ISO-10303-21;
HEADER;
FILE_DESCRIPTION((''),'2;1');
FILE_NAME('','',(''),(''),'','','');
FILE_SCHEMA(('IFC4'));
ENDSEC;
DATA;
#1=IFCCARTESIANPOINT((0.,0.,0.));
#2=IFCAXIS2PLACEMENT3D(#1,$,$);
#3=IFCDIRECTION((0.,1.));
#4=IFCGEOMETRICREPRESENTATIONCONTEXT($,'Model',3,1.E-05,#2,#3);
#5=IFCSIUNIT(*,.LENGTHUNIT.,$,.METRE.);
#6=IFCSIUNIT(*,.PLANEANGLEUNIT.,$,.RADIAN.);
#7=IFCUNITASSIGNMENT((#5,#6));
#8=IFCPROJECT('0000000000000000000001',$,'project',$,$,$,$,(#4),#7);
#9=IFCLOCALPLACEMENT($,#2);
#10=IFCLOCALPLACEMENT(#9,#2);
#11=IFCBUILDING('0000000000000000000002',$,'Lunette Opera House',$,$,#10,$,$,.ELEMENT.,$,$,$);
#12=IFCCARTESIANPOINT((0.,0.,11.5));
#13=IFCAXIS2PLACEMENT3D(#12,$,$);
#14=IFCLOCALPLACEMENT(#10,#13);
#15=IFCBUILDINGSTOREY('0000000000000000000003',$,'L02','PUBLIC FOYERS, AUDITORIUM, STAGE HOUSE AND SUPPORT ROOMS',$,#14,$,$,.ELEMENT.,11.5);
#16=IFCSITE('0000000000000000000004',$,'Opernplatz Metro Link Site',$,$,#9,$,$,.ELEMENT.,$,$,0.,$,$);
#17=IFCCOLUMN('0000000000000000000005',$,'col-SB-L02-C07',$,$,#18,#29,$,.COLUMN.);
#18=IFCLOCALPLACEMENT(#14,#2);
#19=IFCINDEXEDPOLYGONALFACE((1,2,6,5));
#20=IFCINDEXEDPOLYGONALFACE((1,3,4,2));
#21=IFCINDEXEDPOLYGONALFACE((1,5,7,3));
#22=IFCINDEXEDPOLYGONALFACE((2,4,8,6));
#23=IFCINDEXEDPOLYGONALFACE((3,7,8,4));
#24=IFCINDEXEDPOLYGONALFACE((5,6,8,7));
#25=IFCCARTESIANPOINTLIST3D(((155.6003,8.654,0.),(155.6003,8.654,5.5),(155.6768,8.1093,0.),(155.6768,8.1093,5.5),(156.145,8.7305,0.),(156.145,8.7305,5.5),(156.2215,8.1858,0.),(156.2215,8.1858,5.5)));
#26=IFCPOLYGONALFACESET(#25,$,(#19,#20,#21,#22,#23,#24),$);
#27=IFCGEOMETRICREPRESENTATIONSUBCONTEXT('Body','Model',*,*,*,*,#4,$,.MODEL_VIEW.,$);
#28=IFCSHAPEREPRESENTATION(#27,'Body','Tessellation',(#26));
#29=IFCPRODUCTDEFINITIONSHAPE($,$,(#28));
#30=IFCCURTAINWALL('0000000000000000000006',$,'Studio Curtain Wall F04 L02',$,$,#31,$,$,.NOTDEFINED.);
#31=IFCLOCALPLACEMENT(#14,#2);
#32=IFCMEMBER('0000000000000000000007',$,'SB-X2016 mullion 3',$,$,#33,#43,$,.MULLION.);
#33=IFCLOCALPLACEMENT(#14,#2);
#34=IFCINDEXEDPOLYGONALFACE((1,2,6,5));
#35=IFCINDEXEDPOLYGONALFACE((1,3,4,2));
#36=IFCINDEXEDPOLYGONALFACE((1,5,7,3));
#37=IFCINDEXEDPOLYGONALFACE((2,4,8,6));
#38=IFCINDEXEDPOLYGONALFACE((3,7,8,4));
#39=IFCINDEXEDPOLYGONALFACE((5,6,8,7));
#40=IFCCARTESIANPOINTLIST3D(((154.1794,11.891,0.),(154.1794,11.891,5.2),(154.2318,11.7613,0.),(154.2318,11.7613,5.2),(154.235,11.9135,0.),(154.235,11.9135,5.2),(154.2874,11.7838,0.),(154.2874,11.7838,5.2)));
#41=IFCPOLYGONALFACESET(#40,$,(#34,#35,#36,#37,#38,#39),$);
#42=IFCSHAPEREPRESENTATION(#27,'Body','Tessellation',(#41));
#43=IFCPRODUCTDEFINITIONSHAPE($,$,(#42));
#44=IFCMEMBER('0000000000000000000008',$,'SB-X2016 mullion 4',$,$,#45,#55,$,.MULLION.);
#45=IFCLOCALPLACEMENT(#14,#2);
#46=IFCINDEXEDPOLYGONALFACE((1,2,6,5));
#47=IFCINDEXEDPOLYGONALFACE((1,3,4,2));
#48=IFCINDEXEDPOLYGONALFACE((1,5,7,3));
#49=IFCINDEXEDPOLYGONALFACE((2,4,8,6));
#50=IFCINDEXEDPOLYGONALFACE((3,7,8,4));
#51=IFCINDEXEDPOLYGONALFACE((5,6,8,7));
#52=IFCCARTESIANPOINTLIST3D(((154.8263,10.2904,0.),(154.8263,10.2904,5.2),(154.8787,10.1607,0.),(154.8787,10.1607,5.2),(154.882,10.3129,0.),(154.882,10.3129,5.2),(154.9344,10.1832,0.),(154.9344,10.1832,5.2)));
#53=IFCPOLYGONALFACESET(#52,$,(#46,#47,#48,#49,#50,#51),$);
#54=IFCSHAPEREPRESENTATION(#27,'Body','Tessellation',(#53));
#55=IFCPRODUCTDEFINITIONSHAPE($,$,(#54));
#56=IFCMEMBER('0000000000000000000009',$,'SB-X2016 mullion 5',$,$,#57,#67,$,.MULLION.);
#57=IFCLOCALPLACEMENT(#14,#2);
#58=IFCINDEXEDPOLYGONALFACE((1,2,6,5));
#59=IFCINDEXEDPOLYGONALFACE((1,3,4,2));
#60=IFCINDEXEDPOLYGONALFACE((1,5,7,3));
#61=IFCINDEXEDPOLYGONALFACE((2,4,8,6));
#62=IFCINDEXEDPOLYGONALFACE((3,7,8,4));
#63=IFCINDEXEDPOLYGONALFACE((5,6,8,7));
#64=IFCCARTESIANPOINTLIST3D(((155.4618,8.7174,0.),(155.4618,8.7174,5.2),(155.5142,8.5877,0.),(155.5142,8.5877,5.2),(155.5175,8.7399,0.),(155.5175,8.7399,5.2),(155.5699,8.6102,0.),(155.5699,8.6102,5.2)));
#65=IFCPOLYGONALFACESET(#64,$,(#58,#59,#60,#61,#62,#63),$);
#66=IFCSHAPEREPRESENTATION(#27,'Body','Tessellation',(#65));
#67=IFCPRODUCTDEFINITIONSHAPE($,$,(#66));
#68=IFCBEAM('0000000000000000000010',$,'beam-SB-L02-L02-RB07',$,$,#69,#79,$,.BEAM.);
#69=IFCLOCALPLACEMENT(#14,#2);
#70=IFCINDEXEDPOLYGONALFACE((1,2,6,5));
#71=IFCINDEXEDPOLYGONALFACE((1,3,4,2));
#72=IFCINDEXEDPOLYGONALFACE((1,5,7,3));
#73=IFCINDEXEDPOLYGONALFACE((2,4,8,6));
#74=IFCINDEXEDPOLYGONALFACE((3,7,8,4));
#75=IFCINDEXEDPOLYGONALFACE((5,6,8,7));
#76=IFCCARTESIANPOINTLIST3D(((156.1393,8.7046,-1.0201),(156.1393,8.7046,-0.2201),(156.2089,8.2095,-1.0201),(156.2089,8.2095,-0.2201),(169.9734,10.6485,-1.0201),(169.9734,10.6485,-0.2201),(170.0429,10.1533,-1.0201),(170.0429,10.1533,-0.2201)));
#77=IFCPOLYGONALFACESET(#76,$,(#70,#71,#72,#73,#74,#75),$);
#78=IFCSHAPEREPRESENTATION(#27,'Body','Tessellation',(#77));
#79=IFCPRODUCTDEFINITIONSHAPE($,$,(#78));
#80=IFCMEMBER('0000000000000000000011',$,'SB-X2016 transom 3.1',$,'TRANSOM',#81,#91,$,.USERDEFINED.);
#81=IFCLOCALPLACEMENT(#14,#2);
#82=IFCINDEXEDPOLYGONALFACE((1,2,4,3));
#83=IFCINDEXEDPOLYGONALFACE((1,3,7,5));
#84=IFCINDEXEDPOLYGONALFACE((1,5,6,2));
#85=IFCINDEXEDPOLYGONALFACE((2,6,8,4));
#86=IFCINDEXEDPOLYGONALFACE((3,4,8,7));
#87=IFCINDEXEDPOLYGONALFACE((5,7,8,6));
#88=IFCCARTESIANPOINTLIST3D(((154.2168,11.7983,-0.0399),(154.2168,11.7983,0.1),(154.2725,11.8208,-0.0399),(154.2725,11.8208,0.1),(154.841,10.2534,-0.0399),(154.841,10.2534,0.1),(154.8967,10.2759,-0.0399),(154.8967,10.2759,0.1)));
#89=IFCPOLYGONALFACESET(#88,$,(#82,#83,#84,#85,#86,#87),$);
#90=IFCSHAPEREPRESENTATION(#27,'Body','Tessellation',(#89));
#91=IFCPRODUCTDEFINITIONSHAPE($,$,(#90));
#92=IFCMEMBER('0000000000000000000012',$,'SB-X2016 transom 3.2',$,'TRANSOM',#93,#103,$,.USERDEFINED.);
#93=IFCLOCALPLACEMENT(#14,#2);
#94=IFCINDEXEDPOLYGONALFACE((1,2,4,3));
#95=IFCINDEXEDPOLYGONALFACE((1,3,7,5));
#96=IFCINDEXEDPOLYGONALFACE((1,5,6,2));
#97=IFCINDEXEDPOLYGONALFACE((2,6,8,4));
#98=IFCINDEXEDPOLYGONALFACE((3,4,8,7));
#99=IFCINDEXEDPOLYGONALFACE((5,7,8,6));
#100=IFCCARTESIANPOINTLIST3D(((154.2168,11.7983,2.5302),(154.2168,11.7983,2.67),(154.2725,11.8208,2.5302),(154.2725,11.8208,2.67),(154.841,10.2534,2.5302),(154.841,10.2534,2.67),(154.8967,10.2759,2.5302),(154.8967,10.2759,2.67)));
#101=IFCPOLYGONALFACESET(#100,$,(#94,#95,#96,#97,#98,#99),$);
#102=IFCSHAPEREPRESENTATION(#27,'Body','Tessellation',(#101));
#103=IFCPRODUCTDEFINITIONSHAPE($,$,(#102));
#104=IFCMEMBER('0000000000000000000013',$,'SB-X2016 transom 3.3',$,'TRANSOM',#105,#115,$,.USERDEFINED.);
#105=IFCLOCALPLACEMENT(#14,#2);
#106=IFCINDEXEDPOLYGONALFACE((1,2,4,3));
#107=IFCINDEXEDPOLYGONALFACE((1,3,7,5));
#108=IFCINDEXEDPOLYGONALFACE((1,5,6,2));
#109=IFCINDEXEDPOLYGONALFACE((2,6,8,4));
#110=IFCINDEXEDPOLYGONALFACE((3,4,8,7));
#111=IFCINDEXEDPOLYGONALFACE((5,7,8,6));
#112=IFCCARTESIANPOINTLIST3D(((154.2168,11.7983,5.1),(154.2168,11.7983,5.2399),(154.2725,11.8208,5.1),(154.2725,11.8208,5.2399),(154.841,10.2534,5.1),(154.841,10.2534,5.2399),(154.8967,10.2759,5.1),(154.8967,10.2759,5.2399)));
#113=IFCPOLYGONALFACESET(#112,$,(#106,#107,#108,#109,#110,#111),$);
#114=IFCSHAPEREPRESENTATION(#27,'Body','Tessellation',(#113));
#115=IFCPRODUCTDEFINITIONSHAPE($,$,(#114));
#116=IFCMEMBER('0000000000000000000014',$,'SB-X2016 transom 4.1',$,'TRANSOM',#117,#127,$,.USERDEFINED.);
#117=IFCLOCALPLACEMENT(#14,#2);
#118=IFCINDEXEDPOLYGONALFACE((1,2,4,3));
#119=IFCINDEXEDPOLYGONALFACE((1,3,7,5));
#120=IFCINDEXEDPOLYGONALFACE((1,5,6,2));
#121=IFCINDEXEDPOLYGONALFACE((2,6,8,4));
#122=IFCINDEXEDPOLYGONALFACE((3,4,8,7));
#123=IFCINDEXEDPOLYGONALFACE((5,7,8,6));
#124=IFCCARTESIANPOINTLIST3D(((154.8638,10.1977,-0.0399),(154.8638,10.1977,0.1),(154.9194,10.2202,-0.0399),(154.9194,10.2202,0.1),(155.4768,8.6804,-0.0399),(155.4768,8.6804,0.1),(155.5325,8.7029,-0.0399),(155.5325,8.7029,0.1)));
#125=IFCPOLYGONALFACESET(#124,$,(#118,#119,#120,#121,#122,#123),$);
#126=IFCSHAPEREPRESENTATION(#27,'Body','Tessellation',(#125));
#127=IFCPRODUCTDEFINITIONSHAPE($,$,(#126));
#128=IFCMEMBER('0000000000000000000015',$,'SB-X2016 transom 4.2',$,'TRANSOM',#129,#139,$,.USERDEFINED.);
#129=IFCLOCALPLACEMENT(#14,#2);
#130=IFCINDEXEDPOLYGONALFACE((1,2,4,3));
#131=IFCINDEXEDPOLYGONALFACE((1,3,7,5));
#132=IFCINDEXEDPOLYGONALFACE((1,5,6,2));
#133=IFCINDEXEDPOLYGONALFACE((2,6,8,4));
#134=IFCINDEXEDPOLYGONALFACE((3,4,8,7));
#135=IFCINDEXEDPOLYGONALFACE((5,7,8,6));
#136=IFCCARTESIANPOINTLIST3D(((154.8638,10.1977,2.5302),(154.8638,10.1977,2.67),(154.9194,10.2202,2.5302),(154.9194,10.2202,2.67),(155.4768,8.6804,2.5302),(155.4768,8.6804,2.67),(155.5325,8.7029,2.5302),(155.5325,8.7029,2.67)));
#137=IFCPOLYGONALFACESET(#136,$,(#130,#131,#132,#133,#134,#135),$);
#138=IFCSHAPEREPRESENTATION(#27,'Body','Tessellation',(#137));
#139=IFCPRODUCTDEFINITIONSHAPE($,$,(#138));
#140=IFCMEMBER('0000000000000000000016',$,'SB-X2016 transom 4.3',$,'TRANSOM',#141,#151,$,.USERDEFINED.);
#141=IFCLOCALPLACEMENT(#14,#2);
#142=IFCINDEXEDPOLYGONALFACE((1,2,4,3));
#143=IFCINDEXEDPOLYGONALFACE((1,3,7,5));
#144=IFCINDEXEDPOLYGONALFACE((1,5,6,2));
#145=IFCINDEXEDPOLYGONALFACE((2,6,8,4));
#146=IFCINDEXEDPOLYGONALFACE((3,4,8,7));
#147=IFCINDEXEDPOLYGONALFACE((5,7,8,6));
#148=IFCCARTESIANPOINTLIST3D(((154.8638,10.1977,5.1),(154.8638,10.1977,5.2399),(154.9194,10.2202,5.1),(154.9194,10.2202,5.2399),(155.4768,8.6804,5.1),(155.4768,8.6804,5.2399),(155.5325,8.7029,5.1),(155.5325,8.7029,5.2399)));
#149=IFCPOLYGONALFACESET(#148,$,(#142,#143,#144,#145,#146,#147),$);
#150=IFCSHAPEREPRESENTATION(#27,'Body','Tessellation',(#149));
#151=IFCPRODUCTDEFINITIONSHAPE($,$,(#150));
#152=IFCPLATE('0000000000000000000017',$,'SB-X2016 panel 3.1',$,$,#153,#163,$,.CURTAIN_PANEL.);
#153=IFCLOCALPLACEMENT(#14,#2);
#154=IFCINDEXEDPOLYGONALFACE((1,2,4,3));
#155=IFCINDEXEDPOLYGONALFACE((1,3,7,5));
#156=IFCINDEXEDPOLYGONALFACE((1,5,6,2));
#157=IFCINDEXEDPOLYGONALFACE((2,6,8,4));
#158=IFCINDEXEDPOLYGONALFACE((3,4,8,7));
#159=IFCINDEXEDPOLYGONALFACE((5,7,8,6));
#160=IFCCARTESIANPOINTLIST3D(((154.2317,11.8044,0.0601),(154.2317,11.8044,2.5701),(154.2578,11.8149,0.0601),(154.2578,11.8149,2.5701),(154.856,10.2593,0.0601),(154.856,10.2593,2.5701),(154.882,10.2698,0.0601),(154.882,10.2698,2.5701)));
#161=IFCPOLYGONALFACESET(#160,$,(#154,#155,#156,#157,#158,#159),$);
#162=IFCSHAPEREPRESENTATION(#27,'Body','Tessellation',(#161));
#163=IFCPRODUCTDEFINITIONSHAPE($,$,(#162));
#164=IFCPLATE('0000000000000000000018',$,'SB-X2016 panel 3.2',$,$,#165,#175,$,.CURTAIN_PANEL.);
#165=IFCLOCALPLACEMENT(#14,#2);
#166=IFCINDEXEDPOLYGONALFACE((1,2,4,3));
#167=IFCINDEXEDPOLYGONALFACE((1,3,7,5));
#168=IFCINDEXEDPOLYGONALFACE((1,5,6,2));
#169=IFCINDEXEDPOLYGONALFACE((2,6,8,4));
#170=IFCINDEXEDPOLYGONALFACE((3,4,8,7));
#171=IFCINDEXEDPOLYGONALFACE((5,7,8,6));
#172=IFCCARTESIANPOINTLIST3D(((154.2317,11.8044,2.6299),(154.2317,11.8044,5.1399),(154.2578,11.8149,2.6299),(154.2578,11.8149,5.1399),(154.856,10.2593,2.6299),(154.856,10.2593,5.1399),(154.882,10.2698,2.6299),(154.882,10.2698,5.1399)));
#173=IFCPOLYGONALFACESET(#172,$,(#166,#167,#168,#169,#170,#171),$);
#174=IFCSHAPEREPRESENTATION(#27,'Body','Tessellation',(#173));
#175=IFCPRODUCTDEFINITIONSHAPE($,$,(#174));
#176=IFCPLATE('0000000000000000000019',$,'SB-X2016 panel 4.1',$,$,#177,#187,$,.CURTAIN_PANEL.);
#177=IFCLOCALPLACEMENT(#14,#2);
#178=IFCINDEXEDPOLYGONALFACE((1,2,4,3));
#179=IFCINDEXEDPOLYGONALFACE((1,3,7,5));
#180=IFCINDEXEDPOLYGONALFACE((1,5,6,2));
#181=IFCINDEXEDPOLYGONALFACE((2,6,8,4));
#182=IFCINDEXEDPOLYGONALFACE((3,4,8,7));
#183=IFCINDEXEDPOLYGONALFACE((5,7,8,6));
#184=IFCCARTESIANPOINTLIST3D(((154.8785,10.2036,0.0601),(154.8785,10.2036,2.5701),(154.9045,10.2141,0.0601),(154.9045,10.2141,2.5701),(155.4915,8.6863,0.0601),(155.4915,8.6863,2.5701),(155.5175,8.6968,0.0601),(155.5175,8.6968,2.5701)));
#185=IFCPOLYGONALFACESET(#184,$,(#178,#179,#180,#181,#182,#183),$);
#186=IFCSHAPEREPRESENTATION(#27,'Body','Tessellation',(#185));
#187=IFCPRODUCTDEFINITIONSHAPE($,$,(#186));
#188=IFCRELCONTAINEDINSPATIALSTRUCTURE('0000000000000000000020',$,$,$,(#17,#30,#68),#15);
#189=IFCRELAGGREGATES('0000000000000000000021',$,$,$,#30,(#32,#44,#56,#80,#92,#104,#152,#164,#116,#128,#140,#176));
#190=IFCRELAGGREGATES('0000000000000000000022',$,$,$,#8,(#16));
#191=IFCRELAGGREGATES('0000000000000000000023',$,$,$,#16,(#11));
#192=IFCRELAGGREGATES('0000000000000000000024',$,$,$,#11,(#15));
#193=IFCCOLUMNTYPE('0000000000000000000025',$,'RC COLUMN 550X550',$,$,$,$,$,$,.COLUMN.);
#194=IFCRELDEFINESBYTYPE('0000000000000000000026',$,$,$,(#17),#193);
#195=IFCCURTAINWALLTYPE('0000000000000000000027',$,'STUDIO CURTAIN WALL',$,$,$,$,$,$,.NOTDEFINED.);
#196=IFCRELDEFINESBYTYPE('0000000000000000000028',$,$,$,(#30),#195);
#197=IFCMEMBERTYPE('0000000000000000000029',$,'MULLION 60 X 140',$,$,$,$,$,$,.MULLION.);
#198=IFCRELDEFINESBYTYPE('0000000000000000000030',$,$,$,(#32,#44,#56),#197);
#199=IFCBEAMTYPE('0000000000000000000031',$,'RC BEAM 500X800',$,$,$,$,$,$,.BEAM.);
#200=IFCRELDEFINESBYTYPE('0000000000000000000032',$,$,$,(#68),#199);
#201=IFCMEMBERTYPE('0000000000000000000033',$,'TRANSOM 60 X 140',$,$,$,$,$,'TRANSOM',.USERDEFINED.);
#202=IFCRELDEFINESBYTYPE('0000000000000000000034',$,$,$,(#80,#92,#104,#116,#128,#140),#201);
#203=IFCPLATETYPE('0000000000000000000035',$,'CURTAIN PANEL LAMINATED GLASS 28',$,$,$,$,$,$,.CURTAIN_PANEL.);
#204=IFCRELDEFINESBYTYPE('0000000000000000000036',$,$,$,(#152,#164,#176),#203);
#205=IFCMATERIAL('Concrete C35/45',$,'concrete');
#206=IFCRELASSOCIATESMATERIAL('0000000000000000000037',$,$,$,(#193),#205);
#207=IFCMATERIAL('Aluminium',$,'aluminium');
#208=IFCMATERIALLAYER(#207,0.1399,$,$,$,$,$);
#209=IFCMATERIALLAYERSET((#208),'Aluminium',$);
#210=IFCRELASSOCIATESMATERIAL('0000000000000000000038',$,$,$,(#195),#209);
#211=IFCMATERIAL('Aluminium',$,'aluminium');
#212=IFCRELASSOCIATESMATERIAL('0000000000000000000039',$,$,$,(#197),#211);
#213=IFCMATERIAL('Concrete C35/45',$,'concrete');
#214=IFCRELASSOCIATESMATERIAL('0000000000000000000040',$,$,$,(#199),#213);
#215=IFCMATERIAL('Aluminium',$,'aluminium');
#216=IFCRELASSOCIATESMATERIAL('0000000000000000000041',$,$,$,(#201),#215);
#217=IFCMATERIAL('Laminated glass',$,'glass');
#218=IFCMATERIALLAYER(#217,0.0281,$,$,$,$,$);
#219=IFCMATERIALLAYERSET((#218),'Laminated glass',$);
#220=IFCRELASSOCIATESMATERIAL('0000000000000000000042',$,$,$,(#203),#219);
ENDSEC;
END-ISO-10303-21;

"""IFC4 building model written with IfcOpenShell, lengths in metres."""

from ifc_helpers import new_model, si_unit, direction, frame, origin, origin_2d, place, context, subcontext, project, spatial, rectangle, extrude, material, layer, layer_set, material_profile, profile_set, type_object, element, aggregate, save


model = new_model("IFC4")

# Units and contexts
model_context = context("Model", 3, precision=1e-05, world=origin(), true_north=direction((0.0, 1.0)))
body_context = subcontext(model_context, "Body", "Model", "MODEL_VIEW")
ifc_project = project(units=[si_unit("LENGTHUNIT", "METRE"), si_unit("PLANEANGLEUNIT", "RADIAN")], contexts=[model_context])

# Site, building, storey
site_placement = place(None, origin())
site = spatial("IfcSite", under=ifc_project, at=site_placement, Name="Opernplatz Metro Link Site", CompositionType="ELEMENT", RefElevation=0.0)
building_placement = place(site_placement, origin())
building = spatial("IfcBuilding", under=site, at=building_placement, Name="Lunette Opera House", CompositionType="ELEMENT")
storey_placement = place(building_placement, frame((0.0, 0.0, 11.5)))
storey = spatial("IfcBuildingStorey", under=building, at=storey_placement, Name="L02", Description="PUBLIC FOYERS, AUDITORIUM, STAGE HOUSE AND SUPPORT ROOMS", CompositionType="ELEMENT", Elevation=11.5)

# Column
ifc_material_1 = material(Name="Concrete C35/45", Category="concrete")
ifc_material_profile_1 = material_profile(ifc_material_1, rectangle(XDim=0.55, YDim=0.55, at=origin_2d()), Name="RC COLUMN 550X550")
ifc_profile_set_1 = profile_set([ifc_material_profile_1], Name="Concrete C35/45")
column_type = type_object("IfcColumnType", Name="RC COLUMN 550X550", PredefinedType="COLUMN", material=ifc_profile_set_1)
column_placement = place(storey_placement, frame((155.9109, 8.4199, 0.0), z_axis=(0.0, 0.0, 1.0), x_axis=(0.139173, -0.990268, 0.0)))
element("IfcColumn", 1, at=column_placement, inside=storey, type_object=column_type, Name="col-SB-L02-C07", PredefinedType="COLUMN", context=body_context, shape_type="SweptSolid", body=[
    extrude(rectangle(XDim=0.55, YDim=0.55, at=origin_2d()), origin(), (0.0, 0.0, 1.0), 5.5),
])

# Curtain wall, members
ifc_material_2 = material(Name="Aluminium", Category="aluminium")
ifc_layer_1 = layer(ifc_material_2, 0.1399)
ifc_layer_set_1 = layer_set([ifc_layer_1], Name="Aluminium")
curtain_wall_type = type_object("IfcCurtainWallType", Name="STUDIO CURTAIN WALL", PredefinedType="NOTDEFINED", material=ifc_layer_set_1)
curtain_wall_placement = place(storey_placement, origin())
curtain_wall = element("IfcCurtainWall", 2, at=curtain_wall_placement, inside=storey, type_object=curtain_wall_type, Name="Studio Curtain Wall F04 L02", PredefinedType="NOTDEFINED")
ifc_material_3 = material(Name="Aluminium", Category="aluminium")
ifc_material_profile_2 = material_profile(ifc_material_3, rectangle(XDim=0.0601, YDim=0.1399, at=origin_2d()), Name="MULLION 60 X 140")
ifc_profile_set_2 = profile_set([ifc_material_profile_2], Name="Aluminium")
member_type_1 = type_object("IfcMemberType", Name="MULLION 60 X 140", PredefinedType="MULLION", material=ifc_profile_set_2)
member_1_placement = place(storey_placement, frame((154.2334, 11.8374, 0.0), z_axis=(0.0, 0.0, 1.0), x_axis=(0.927183, 0.374609, 0.0)))
member_1 = element("IfcMember", 3, at=member_1_placement, type_object=member_type_1, Name="SB-X2016 mullion 3", PredefinedType="MULLION", context=body_context, shape_type="SweptSolid", body=[
    extrude(rectangle(XDim=0.0601, YDim=0.1399, at=origin_2d()), origin(), (0.0, 0.0, 1.0), 5.2),
])
member_2_placement = place(storey_placement, frame((154.8804, 10.2368, 0.0), z_axis=(0.0, 0.0, 1.0), x_axis=(0.927183, 0.374609, 0.0)))
member_2 = element("IfcMember", 4, at=member_2_placement, type_object=member_type_1, Name="SB-X2016 mullion 4", PredefinedType="MULLION", context=body_context, shape_type="SweptSolid", body=[
    extrude(rectangle(XDim=0.0601, YDim=0.1399, at=origin_2d()), origin(), (0.0, 0.0, 1.0), 5.2),
])
member_3_placement = place(storey_placement, frame((155.5159, 8.6638, 0.0), z_axis=(0.0, 0.0, 1.0), x_axis=(0.927183, 0.374609, 0.0)))
member_3 = element("IfcMember", 5, at=member_3_placement, type_object=member_type_1, Name="SB-X2016 mullion 5", PredefinedType="MULLION", context=body_context, shape_type="SweptSolid", body=[
    extrude(rectangle(XDim=0.0601, YDim=0.1399, at=origin_2d()), origin(), (0.0, 0.0, 1.0), 5.2),
])

# Beam
ifc_material_4 = material(Name="Concrete C35/45", Category="concrete")
ifc_material_profile_3 = material_profile(ifc_material_4, rectangle(XDim=0.5, YDim=0.8, at=origin_2d()), Name="RC BEAM 500X800")
ifc_profile_set_3 = profile_set([ifc_material_profile_3], Name="Concrete C35/45")
beam_type = type_object("IfcBeamType", Name="RC BEAM 500X800", PredefinedType="BEAM", material=ifc_profile_set_3)
beam_placement = place(storey_placement, frame((156.1741, 8.457, -0.6201), z_axis=(0.990272, 0.139146, 0.0), x_axis=(-0.139146, 0.990272, 0.0)))
element("IfcBeam", 6, at=beam_placement, inside=storey, type_object=beam_type, Name="beam-SB-L02-L02-RB07", PredefinedType="BEAM", context=body_context, shape_type="SweptSolid", body=[
    extrude(rectangle(XDim=0.5, YDim=0.8, at=origin_2d()), origin(), (0.0, 0.0, 1.0), 13.97),
])

# Members
ifc_material_5 = material(Name="Aluminium", Category="aluminium")
ifc_material_profile_4 = material_profile(ifc_material_5, rectangle(XDim=0.0601, YDim=0.1399, at=origin_2d()), Name="TRANSOM 60 X 140")
ifc_profile_set_4 = profile_set([ifc_material_profile_4], Name="Aluminium")
member_type_2 = type_object("IfcMemberType", Name="TRANSOM 60 X 140", ElementType="TRANSOM", PredefinedType="USERDEFINED", material=ifc_profile_set_4)
member_4_placement = place(storey_placement, frame((154.2446, 11.8096, 0.03), z_axis=(0.374647, -0.927167, 0.0), x_axis=(0.927167, 0.374647, 0.0)))
member_4 = element("IfcMember", 7, at=member_4_placement, type_object=member_type_2, Name="SB-X2016 transom 3.1", ObjectType="TRANSOM", PredefinedType="USERDEFINED", context=body_context, shape_type="SweptSolid", body=[
    extrude(rectangle(XDim=0.0601, YDim=0.1399, at=origin_2d()), origin(), (0.0, 0.0, 1.0), 1.6663),
])
member_5_placement = place(storey_placement, frame((154.2446, 11.8096, 2.6001), z_axis=(0.374647, -0.927167, 0.0), x_axis=(0.927167, 0.374647, 0.0)))
member_5 = element("IfcMember", 8, at=member_5_placement, type_object=member_type_2, Name="SB-X2016 transom 3.2", ObjectType="TRANSOM", PredefinedType="USERDEFINED", context=body_context, shape_type="SweptSolid", body=[
    extrude(rectangle(XDim=0.0601, YDim=0.1399, at=origin_2d()), origin(), (0.0, 0.0, 1.0), 1.6663),
])
member_6_placement = place(storey_placement, frame((154.2446, 11.8096, 5.1699), z_axis=(0.374647, -0.927167, 0.0), x_axis=(0.927167, 0.374647, 0.0)))
member_6 = element("IfcMember", 9, at=member_6_placement, type_object=member_type_2, Name="SB-X2016 transom 3.3", ObjectType="TRANSOM", PredefinedType="USERDEFINED", context=body_context, shape_type="SweptSolid", body=[
    extrude(rectangle(XDim=0.0601, YDim=0.1399, at=origin_2d()), origin(), (0.0, 0.0, 1.0), 1.6663),
])
member_7_placement = place(storey_placement, frame((154.8916, 10.209, 0.03), z_axis=(0.374604, -0.927185, 0.0), x_axis=(0.927185, 0.374604, 0.0)))
member_7 = element("IfcMember", 10, at=member_7_placement, type_object=member_type_2, Name="SB-X2016 transom 4.1", ObjectType="TRANSOM", PredefinedType="USERDEFINED", context=body_context, shape_type="SweptSolid", body=[
    extrude(rectangle(XDim=0.0601, YDim=0.1399, at=origin_2d()), origin(), (0.0, 0.0, 1.0), 1.6365),
])
member_8_placement = place(storey_placement, frame((154.8916, 10.209, 2.6001), z_axis=(0.374604, -0.927185, 0.0), x_axis=(0.927185, 0.374604, 0.0)))
member_8 = element("IfcMember", 11, at=member_8_placement, type_object=member_type_2, Name="SB-X2016 transom 4.2", ObjectType="TRANSOM", PredefinedType="USERDEFINED", context=body_context, shape_type="SweptSolid", body=[
    extrude(rectangle(XDim=0.0601, YDim=0.1399, at=origin_2d()), origin(), (0.0, 0.0, 1.0), 1.6365),
])
member_9_placement = place(storey_placement, frame((154.8916, 10.209, 5.1699), z_axis=(0.374604, -0.927185, 0.0), x_axis=(0.927185, 0.374604, 0.0)))
member_9 = element("IfcMember", 12, at=member_9_placement, type_object=member_type_2, Name="SB-X2016 transom 4.3", ObjectType="TRANSOM", PredefinedType="USERDEFINED", context=body_context, shape_type="SweptSolid", body=[
    extrude(rectangle(XDim=0.0601, YDim=0.1399, at=origin_2d()), origin(), (0.0, 0.0, 1.0), 1.6365),
])

# Plates
ifc_material_6 = material(Name="Laminated glass", Category="glass")
ifc_layer_2 = layer(ifc_material_6, 0.0281)
ifc_layer_set_2 = layer_set([ifc_layer_2], Name="Laminated glass")
plate_type = type_object("IfcPlateType", Name="CURTAIN PANEL LAMINATED GLASS 28", PredefinedType="CURTAIN_PANEL", material=ifc_layer_set_2)
plate_1_placement = place(storey_placement, frame((154.5569, 11.0371, 0.0601), z_axis=(0.0, 0.0, 1.0), x_axis=(0.374609, -0.927183, 0.0)))
plate_1 = element("IfcPlate", 13, at=plate_1_placement, type_object=plate_type, Name="SB-X2016 panel 3.1", PredefinedType="CURTAIN_PANEL", context=body_context, shape_type="SweptSolid", body=[
    extrude(rectangle(XDim=1.6665, YDim=0.0281, at=origin_2d()), origin(), (0.0, 0.0, 1.0), 2.51),
])
plate_2_placement = place(storey_placement, frame((154.5569, 11.0371, 2.6299), z_axis=(0.0, 0.0, 1.0), x_axis=(0.374609, -0.927183, 0.0)))
plate_2 = element("IfcPlate", 14, at=plate_2_placement, type_object=plate_type, Name="SB-X2016 panel 3.2", PredefinedType="CURTAIN_PANEL", context=body_context, shape_type="SweptSolid", body=[
    extrude(rectangle(XDim=1.6665, YDim=0.0281, at=origin_2d()), origin(), (0.0, 0.0, 1.0), 2.51),
])
plate_3_placement = place(storey_placement, frame((155.198, 9.4502, 0.0601), z_axis=(0.0, 0.0, 1.0), x_axis=(0.374609, -0.927183, 0.0)))
plate_3 = element("IfcPlate", 15, at=plate_3_placement, type_object=plate_type, Name="SB-X2016 panel 4.1", PredefinedType="CURTAIN_PANEL", context=body_context, shape_type="SweptSolid", body=[
    extrude(rectangle(XDim=1.6365, YDim=0.0281, at=origin_2d()), origin(), (0.0, 0.0, 1.0), 2.51),
])
aggregate(curtain_wall, [member_1, member_2, member_3, member_4, member_5, member_6, plate_1, plate_2, member_7, member_8, member_9, plate_3])

save(model, "model.ifc")
